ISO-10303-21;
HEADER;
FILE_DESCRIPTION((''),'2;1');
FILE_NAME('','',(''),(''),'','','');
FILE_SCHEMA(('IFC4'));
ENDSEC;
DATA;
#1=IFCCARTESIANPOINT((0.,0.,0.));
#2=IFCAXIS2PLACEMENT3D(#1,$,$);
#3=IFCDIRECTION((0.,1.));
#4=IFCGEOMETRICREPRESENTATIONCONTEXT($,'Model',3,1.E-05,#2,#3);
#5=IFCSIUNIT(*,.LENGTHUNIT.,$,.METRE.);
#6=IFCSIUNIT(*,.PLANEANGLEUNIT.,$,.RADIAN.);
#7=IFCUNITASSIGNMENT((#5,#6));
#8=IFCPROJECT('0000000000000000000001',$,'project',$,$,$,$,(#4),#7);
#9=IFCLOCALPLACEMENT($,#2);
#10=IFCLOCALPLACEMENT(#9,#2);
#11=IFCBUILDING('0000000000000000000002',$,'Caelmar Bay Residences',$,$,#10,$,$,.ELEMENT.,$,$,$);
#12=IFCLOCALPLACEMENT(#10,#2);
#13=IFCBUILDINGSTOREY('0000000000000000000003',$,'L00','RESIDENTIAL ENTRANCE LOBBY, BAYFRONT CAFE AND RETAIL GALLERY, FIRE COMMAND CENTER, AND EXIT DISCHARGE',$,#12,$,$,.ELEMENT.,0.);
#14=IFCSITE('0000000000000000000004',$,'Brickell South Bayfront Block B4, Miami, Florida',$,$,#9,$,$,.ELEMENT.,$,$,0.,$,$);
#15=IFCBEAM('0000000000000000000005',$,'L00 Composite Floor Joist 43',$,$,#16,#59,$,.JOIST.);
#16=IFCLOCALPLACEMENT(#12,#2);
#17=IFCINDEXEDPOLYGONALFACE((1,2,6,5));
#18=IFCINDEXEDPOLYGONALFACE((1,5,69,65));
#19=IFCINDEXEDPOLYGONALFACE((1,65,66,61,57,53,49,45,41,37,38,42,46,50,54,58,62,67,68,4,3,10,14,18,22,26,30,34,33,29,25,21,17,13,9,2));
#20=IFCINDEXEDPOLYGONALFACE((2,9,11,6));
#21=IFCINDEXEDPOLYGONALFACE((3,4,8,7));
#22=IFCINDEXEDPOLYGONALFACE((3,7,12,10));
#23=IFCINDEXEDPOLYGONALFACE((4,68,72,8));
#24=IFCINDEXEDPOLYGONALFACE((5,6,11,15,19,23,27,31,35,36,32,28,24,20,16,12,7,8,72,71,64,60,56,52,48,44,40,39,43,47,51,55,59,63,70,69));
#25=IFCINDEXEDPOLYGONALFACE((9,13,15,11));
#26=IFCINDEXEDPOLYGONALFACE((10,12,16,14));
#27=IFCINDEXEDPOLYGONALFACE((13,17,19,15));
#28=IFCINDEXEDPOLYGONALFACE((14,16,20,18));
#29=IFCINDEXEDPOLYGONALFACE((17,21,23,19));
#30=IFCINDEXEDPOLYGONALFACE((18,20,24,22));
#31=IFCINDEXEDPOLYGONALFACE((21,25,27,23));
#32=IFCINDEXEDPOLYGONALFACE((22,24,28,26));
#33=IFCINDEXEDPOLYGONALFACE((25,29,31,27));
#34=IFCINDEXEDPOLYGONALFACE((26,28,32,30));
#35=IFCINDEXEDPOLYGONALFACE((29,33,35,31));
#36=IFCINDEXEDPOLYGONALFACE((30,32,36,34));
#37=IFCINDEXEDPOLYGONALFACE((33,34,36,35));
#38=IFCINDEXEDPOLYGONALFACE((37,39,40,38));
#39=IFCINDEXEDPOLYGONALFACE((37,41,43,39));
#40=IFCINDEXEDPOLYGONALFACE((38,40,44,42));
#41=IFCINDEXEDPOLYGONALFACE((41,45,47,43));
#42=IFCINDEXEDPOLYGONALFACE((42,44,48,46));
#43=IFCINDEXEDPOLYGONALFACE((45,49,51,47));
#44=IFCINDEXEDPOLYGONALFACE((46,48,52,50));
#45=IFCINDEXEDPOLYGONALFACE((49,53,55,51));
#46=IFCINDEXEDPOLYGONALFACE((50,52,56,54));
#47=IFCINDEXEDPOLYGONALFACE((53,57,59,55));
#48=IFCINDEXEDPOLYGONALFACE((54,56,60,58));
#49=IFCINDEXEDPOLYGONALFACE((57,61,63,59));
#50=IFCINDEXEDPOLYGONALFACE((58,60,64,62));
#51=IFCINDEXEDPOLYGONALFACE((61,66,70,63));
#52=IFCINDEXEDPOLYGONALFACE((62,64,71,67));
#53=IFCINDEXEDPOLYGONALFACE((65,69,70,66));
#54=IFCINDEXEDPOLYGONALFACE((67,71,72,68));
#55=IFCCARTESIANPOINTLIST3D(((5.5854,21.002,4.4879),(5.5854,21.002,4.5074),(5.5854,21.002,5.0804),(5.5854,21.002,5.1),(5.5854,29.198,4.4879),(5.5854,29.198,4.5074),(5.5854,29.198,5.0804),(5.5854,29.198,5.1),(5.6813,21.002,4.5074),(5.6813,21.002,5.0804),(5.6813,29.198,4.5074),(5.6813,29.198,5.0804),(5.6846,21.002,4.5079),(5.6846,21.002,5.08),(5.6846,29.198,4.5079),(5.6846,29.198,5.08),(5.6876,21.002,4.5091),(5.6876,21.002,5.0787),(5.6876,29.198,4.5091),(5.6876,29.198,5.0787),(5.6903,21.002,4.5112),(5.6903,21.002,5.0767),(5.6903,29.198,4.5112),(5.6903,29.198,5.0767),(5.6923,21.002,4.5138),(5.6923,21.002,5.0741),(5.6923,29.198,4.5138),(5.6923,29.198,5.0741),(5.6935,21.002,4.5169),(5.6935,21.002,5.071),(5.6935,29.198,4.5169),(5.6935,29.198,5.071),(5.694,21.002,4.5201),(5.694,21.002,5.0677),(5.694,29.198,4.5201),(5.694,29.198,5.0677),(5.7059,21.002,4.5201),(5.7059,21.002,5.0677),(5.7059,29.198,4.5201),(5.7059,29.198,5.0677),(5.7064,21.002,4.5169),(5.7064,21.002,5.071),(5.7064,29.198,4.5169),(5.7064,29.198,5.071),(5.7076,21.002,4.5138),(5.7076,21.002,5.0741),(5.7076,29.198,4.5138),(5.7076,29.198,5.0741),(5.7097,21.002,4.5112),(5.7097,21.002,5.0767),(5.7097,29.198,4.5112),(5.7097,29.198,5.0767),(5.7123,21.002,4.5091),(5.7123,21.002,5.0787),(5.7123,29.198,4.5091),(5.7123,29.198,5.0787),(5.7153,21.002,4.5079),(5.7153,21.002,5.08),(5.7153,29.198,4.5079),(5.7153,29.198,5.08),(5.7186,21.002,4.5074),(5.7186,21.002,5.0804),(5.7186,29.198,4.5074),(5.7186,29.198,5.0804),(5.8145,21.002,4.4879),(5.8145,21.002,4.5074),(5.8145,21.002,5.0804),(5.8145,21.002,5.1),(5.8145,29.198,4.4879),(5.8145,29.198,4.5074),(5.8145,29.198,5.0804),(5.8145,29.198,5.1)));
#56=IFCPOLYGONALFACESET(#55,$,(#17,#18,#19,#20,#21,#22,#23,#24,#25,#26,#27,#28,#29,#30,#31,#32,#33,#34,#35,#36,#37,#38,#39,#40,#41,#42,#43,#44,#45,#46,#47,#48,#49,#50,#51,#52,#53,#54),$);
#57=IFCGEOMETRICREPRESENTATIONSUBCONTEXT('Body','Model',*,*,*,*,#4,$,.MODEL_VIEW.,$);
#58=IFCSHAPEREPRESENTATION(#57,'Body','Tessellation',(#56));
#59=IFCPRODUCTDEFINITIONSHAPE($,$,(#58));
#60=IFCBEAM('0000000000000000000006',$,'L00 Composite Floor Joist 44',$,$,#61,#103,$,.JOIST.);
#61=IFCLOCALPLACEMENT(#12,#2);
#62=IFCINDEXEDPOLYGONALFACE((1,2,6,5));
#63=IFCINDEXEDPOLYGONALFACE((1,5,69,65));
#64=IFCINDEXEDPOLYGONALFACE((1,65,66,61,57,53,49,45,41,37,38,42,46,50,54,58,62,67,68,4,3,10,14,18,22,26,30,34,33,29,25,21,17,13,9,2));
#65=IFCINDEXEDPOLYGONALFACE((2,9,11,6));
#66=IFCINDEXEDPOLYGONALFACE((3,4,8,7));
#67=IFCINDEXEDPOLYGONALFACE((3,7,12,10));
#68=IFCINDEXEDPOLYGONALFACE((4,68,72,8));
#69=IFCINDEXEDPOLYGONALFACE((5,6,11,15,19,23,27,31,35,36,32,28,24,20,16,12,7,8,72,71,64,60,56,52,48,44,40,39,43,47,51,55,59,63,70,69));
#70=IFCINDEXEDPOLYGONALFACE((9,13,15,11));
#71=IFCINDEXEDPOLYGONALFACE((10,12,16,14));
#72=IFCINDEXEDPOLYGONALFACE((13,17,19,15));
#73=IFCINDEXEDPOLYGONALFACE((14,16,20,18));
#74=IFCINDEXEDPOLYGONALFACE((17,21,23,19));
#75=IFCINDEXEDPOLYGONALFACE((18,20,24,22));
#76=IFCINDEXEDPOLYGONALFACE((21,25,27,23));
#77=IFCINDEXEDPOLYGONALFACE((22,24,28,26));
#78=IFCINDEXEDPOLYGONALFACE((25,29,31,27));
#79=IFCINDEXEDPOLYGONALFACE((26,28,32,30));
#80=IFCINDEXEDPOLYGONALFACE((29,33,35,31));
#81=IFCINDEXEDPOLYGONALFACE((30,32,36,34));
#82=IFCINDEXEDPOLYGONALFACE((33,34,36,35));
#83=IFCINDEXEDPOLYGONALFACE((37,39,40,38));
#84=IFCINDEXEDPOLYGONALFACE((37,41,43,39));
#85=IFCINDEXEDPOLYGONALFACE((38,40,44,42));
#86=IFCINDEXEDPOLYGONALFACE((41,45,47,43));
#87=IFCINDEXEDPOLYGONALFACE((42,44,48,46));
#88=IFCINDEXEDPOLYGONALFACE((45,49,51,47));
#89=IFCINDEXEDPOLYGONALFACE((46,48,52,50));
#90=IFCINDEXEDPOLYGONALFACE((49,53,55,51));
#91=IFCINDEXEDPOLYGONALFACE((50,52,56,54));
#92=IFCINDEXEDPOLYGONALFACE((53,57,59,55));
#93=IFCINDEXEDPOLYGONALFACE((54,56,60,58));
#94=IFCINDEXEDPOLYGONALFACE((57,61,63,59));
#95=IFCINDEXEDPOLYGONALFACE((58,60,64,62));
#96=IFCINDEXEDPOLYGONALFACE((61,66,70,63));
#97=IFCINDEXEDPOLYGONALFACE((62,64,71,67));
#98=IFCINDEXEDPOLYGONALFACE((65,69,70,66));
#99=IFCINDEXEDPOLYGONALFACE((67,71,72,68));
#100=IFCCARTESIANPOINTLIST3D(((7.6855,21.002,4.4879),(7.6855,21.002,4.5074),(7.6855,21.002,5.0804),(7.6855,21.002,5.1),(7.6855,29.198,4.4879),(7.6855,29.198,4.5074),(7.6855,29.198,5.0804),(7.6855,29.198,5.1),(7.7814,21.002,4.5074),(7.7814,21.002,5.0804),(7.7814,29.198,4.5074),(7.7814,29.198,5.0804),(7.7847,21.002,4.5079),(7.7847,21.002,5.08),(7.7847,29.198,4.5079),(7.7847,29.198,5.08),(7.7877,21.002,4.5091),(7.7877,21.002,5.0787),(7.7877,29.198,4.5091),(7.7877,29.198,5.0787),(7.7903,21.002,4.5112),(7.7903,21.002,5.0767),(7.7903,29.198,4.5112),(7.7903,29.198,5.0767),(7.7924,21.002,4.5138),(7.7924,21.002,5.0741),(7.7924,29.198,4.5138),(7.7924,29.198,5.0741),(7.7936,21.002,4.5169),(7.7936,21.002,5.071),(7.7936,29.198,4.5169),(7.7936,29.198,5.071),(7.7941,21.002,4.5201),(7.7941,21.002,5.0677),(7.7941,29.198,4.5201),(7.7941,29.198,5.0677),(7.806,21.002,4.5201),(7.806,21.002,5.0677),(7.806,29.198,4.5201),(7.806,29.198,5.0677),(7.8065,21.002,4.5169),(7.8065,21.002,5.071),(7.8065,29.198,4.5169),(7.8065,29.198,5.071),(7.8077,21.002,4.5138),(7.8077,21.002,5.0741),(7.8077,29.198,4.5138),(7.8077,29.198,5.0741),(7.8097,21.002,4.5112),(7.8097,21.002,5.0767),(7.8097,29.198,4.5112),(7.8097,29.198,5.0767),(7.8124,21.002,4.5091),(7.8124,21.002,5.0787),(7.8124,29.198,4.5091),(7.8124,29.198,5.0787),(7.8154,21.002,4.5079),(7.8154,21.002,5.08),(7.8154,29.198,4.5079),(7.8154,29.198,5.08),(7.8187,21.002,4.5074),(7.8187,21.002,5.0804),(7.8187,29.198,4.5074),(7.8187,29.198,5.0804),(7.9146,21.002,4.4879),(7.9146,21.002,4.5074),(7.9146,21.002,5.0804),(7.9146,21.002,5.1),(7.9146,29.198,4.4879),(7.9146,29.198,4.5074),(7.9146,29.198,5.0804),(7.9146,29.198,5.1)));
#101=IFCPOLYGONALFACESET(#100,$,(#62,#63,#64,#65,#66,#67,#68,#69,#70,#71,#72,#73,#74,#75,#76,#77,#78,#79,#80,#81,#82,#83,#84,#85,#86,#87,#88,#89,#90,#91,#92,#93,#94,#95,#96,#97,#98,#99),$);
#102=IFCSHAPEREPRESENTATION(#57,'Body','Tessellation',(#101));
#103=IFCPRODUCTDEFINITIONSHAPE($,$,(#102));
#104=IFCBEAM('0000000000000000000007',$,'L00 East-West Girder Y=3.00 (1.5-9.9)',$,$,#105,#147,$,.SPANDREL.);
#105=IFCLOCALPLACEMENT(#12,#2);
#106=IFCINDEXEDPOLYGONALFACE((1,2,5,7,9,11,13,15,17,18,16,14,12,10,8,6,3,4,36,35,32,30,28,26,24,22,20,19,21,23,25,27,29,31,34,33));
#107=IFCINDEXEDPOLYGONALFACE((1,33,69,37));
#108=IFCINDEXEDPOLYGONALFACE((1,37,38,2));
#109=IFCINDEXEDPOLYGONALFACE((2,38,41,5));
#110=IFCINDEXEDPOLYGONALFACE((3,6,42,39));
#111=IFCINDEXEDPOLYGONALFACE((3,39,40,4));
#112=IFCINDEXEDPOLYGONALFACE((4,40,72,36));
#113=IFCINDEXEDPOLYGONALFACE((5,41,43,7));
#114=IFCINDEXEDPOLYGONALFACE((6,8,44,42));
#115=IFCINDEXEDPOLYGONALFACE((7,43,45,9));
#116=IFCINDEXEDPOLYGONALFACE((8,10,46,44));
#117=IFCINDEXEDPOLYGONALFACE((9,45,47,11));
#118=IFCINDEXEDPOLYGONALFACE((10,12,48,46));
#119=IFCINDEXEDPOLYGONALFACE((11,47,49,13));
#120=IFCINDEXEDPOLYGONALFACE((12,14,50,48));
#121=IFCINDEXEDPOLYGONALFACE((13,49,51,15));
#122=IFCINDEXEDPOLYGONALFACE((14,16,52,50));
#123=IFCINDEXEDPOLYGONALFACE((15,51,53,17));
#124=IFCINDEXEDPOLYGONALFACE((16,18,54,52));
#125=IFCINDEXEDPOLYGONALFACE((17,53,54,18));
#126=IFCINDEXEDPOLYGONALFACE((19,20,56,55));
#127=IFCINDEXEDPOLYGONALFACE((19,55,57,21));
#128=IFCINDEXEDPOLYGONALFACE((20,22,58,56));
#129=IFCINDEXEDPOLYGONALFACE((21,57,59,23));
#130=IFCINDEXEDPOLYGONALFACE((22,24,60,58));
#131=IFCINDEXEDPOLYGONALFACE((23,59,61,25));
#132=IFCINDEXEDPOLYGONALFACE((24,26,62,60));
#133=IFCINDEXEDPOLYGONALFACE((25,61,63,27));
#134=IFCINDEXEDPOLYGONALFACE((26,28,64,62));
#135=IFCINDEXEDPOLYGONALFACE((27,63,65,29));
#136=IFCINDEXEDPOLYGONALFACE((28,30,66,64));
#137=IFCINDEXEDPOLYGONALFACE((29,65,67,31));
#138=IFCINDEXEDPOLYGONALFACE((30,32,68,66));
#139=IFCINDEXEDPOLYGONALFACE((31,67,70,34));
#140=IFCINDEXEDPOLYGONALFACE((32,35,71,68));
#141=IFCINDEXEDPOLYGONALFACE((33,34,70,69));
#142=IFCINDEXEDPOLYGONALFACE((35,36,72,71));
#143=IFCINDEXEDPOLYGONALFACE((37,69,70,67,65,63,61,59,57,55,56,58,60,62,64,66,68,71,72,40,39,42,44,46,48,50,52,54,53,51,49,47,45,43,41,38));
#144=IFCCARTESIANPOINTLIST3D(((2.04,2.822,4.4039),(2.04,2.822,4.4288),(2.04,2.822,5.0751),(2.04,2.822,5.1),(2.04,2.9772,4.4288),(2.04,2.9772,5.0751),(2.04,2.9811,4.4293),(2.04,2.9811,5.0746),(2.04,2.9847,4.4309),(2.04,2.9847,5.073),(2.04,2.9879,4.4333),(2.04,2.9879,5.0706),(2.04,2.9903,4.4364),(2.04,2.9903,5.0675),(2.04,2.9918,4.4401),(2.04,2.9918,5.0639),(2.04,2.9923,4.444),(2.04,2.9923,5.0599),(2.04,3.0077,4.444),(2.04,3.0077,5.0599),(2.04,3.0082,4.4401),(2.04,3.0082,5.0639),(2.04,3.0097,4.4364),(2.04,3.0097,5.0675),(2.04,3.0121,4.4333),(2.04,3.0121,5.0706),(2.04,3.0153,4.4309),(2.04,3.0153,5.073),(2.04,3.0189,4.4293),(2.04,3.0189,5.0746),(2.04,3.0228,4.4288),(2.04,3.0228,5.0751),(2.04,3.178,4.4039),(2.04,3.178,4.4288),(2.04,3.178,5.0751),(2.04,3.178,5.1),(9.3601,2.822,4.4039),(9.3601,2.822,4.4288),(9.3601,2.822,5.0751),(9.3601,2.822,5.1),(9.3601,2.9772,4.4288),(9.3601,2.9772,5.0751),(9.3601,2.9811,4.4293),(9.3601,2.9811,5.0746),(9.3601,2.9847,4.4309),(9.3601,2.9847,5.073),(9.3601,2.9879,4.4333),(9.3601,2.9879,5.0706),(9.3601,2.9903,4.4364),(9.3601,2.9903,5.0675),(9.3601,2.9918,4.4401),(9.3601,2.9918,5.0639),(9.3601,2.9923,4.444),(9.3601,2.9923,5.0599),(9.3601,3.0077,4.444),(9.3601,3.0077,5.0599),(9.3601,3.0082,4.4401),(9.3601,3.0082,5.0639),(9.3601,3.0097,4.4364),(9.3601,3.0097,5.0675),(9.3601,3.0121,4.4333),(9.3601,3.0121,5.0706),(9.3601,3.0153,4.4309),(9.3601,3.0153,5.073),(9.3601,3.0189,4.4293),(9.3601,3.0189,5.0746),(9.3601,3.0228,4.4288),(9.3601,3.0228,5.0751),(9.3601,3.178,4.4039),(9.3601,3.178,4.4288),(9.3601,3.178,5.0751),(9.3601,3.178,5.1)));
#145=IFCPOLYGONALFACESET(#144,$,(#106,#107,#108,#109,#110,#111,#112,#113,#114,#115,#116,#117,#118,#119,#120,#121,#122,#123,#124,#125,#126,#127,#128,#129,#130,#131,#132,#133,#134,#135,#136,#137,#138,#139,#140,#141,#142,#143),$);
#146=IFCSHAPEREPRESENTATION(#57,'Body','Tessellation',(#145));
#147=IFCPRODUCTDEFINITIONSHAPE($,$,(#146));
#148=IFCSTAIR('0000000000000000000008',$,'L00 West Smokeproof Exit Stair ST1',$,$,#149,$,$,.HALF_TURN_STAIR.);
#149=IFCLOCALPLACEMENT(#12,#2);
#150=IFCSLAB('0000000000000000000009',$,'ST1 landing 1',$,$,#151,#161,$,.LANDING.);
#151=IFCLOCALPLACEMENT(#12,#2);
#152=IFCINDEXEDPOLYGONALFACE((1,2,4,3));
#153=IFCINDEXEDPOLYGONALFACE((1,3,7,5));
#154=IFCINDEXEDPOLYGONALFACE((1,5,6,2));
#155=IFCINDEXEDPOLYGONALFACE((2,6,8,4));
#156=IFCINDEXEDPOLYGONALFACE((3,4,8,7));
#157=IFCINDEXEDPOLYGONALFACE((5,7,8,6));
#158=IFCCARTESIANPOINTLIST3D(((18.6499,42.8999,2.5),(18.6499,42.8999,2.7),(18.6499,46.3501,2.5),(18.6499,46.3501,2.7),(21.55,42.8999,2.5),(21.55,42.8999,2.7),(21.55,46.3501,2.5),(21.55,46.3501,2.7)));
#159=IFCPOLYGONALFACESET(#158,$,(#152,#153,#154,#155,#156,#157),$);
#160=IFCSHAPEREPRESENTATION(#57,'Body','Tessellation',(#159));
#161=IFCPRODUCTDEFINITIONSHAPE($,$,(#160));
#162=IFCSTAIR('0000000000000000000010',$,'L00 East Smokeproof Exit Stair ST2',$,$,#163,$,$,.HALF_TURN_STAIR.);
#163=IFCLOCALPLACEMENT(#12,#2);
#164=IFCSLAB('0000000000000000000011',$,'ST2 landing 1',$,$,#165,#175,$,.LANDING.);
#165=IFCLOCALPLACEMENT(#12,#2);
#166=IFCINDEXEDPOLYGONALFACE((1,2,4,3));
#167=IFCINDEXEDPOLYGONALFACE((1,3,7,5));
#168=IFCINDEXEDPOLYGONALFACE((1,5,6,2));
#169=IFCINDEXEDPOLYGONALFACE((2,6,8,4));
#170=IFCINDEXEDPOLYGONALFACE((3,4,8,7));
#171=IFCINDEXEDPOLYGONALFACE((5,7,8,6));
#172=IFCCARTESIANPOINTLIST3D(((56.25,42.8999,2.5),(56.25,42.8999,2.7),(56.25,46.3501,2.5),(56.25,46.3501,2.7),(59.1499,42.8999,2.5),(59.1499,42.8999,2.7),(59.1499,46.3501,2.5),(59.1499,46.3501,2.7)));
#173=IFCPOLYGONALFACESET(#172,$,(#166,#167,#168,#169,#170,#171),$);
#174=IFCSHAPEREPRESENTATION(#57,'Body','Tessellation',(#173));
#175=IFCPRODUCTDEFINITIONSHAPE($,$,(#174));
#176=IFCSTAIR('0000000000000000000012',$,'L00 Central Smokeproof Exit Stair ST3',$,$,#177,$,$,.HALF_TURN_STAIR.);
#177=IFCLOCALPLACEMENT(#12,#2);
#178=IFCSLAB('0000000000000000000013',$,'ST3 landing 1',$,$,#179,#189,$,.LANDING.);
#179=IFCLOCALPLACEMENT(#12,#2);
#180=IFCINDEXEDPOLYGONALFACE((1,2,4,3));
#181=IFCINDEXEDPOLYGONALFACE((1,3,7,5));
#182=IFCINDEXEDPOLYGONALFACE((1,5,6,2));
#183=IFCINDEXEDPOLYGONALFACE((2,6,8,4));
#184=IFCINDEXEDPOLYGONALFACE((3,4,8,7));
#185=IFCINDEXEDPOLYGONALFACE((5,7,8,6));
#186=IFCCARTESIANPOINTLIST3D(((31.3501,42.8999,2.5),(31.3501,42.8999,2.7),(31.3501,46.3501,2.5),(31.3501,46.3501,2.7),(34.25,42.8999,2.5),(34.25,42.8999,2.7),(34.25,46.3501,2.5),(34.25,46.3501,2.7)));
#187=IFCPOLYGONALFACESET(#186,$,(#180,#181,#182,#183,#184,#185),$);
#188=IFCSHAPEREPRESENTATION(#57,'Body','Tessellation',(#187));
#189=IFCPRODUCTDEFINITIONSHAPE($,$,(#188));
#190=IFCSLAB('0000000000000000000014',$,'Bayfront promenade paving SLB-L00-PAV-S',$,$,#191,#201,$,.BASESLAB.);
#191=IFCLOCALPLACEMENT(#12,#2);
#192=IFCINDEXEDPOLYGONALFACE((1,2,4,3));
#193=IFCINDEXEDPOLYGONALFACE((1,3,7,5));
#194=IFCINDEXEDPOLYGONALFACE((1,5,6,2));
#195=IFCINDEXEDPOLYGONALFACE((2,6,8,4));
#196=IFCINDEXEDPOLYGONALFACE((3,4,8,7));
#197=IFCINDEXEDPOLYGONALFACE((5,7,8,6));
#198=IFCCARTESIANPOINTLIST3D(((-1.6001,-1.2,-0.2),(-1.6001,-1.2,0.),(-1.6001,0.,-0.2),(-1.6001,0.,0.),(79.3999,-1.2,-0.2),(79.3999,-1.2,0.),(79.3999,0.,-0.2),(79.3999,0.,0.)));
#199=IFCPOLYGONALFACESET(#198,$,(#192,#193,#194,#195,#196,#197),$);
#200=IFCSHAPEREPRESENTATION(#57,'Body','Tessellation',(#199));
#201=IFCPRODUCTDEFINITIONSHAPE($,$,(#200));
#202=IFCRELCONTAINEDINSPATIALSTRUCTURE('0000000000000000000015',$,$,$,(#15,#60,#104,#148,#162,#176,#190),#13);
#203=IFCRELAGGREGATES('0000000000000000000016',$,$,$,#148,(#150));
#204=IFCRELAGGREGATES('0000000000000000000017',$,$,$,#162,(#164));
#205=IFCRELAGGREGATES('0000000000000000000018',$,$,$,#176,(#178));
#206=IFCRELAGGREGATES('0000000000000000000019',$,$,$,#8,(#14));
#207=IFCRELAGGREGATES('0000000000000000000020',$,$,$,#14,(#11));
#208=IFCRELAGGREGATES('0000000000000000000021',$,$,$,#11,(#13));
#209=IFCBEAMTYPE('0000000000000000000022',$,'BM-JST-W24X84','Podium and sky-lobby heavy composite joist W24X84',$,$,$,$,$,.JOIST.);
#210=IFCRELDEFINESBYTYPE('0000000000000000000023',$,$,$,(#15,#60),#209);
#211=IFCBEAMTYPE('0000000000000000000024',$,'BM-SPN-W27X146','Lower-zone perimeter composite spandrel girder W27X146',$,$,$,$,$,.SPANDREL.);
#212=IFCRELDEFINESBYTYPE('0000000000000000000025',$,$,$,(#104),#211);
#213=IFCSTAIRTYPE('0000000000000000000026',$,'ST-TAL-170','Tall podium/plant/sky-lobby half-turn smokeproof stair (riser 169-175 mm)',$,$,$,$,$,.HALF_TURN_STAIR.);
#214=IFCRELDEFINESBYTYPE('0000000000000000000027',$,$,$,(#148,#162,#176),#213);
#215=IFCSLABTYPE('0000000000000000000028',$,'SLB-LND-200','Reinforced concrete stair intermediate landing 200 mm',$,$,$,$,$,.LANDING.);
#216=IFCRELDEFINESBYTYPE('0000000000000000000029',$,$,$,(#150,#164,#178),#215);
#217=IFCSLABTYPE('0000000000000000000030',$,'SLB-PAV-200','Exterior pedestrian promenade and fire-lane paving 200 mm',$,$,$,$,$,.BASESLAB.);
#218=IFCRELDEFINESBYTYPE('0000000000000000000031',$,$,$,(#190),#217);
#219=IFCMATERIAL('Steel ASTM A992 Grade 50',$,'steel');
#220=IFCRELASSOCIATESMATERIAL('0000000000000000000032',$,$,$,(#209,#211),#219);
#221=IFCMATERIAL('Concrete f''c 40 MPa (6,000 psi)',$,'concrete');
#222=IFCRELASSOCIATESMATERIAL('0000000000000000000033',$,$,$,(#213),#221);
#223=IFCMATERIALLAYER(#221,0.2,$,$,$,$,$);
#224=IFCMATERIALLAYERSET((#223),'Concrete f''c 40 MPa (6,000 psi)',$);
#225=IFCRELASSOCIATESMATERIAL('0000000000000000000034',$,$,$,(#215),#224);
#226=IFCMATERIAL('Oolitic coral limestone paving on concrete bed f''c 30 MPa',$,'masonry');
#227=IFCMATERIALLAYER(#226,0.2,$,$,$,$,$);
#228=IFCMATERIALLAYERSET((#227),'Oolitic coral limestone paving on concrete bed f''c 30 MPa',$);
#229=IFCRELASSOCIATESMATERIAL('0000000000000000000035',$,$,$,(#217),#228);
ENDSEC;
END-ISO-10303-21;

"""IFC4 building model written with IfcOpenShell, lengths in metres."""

from ifc_helpers import new_model, si_unit, direction, frame, origin, origin_2d, place, context, subcontext, project, spatial, polyline, i_section, outline, extrude, material, layer, layer_set, material_profile, profile_set, type_object, element, aggregate, save


model = new_model("IFC4")

# Units and contexts
model_context = context("Model", 3, precision=1e-05, world=origin(), true_north=direction((0.0, 1.0)))
body_context = subcontext(model_context, "Body", "Model", "MODEL_VIEW")
ifc_project = project(units=[si_unit("LENGTHUNIT", "METRE"), si_unit("PLANEANGLEUNIT", "RADIAN")], contexts=[model_context])

# Site, building, storey
site_placement = place(None, origin())
site = spatial("IfcSite", under=ifc_project, at=site_placement, Name="Brickell South Bayfront Block B4, Miami, Florida", CompositionType="ELEMENT", RefElevation=0.0)
building_placement = place(site_placement, origin())
building = spatial("IfcBuilding", under=site, at=building_placement, Name="Caelmar Bay Residences", CompositionType="ELEMENT")
storey_placement = place(building_placement, origin())
storey = spatial("IfcBuildingStorey", under=building, at=storey_placement, Name="L00", Description="RESIDENTIAL ENTRANCE LOBBY, BAYFRONT CAFE AND RETAIL GALLERY, FIRE COMMAND CENTER, AND EXIT DISCHARGE", CompositionType="ELEMENT", Elevation=0.0)

# Beams
ifc_material_1 = material(Name="Steel ASTM A992 Grade 50", Category="steel")
ifc_material_profile_1 = material_profile(ifc_material_1, i_section(OverallWidth=0.229, OverallDepth=0.6121, WebThickness=0.012, FlangeThickness=0.0195, FilletRadius=0.0127, at=origin_2d()), Name="W24X84")
ifc_profile_set_1 = profile_set([ifc_material_profile_1], Name="Steel ASTM A992 Grade 50")
beam_type_1 = type_object("IfcBeamType", Name="BM-JST-W24X84", Description="Podium and sky-lobby heavy composite joist W24X84", PredefinedType="JOIST", material=ifc_profile_set_1)
for number, where, z_axis, x_axis, name in (
    (1, (5.7, 21.002, 4.7939), (0.0, 1.0, 0.0), (-1.0, 0.0, 0.0), "L00 Composite Floor Joist 43"),
    (2, (7.8, 21.002, 4.7939), (0.0, 1.0, 0.0), (-1.0, 0.0, 0.0), "L00 Composite Floor Joist 44"),
):
    element("IfcBeam", number, at=place(storey_placement, frame(where, z_axis=z_axis, x_axis=x_axis)), inside=storey, type_object=beam_type_1, Name=name, PredefinedType="JOIST", context=body_context, shape_type="SweptSolid", body=[
        extrude(i_section(OverallWidth=0.229, OverallDepth=0.6121, WebThickness=0.012, FlangeThickness=0.0195, FilletRadius=0.0127, at=origin_2d()), origin(), (0.0, 0.0, 1.0), 8.196),
    ])
ifc_material_profile_2 = material_profile(ifc_material_1, i_section(OverallWidth=0.356, OverallDepth=0.696, WebThickness=0.0154, FlangeThickness=0.0249, FilletRadius=0.0151, at=origin_2d()), Name="W27X146")
ifc_profile_set_2 = profile_set([ifc_material_profile_2], Name="Steel ASTM A992 Grade 50")
beam_type_2 = type_object("IfcBeamType", Name="BM-SPN-W27X146", Description="Lower-zone perimeter composite spandrel girder W27X146", PredefinedType="SPANDREL", material=ifc_profile_set_2)
beam_1_placement = place(storey_placement, frame((2.04, 3.0, 4.752), z_axis=(1.0, 0.0, 0.0), x_axis=(0.0, 1.0, 0.0)))
element("IfcBeam", 3, at=beam_1_placement, inside=storey, type_object=beam_type_2, Name="L00 East-West Girder Y=3.00 (1.5-9.9)", PredefinedType="SPANDREL", context=body_context, shape_type="SweptSolid", body=[
    extrude(i_section(OverallWidth=0.356, OverallDepth=0.696, WebThickness=0.0154, FlangeThickness=0.0249, FilletRadius=0.0151, at=origin_2d()), origin(), (0.0, 0.0, 1.0), 7.3201),
])

# Stairs, slabs
ifc_material_2 = material(Name="Concrete f'c 40 MPa (6,000 psi)", Category="concrete")
stair_type = type_object("IfcStairType", Name="ST-TAL-170", Description="Tall podium/plant/sky-lobby half-turn smokeproof stair (riser 169-175 mm)", PredefinedType="HALF_TURN_STAIR", material=ifc_material_2)
stair_1_placement = place(storey_placement, origin())
stair_1 = element("IfcStair", 4, at=stair_1_placement, inside=storey, type_object=stair_type, Name="L00 West Smokeproof Exit Stair ST1", PredefinedType="HALF_TURN_STAIR")
ifc_layer_1 = layer(ifc_material_2, 0.2)
ifc_layer_set_1 = layer_set([ifc_layer_1], Name="Concrete f'c 40 MPa (6,000 psi)")
slab_type_1 = type_object("IfcSlabType", Name="SLB-LND-200", Description="Reinforced concrete stair intermediate landing 200 mm", PredefinedType="LANDING", material=ifc_layer_set_1)
slab_1_placement = place(storey_placement, frame((0.0, 0.0, 2.5)))
slab_1 = element("IfcSlab", 5, at=slab_1_placement, type_object=slab_type_1, Name="ST1 landing 1", PredefinedType="LANDING", context=body_context, shape_type="SweptSolid", body=[
    extrude(outline(polyline([(21.55, 42.8999), (21.55, 46.3501), (18.6499, 46.3501), (18.6499, 42.8999), (21.55, 42.8999)])), origin(), (0.0, 0.0, 1.0), 0.2),
])
aggregate(stair_1, [slab_1])
stair_2_placement = place(storey_placement, origin())
stair_2 = element("IfcStair", 6, at=stair_2_placement, inside=storey, type_object=stair_type, Name="L00 East Smokeproof Exit Stair ST2", PredefinedType="HALF_TURN_STAIR")
slab_2_placement = place(storey_placement, frame((0.0, 0.0, 2.5)))
slab_2 = element("IfcSlab", 7, at=slab_2_placement, type_object=slab_type_1, Name="ST2 landing 1", PredefinedType="LANDING", context=body_context, shape_type="SweptSolid", body=[
    extrude(outline(polyline([(59.1499, 42.8999), (59.1499, 46.3501), (56.25, 46.3501), (56.25, 42.8999), (59.1499, 42.8999)])), origin(), (0.0, 0.0, 1.0), 0.2),
])
aggregate(stair_2, [slab_2])
stair_3_placement = place(storey_placement, origin())
stair_3 = element("IfcStair", 8, at=stair_3_placement, inside=storey, type_object=stair_type, Name="L00 Central Smokeproof Exit Stair ST3", PredefinedType="HALF_TURN_STAIR")
slab_3_placement = place(storey_placement, frame((0.0, 0.0, 2.5)))
slab_3 = element("IfcSlab", 9, at=slab_3_placement, type_object=slab_type_1, Name="ST3 landing 1", PredefinedType="LANDING", context=body_context, shape_type="SweptSolid", body=[
    extrude(outline(polyline([(34.25, 42.8999), (34.25, 46.3501), (31.3501, 46.3501), (31.3501, 42.8999), (34.25, 42.8999)])), origin(), (0.0, 0.0, 1.0), 0.2),
])
aggregate(stair_3, [slab_3])

# Slab
ifc_material_3 = material(Name="Oolitic coral limestone paving on concrete bed f'c 30 MPa", Category="masonry")
ifc_layer_2 = layer(ifc_material_3, 0.2)
ifc_layer_set_2 = layer_set([ifc_layer_2], Name="Oolitic coral limestone paving on concrete bed f'c 30 MPa")
slab_type_2 = type_object("IfcSlabType", Name="SLB-PAV-200", Description="Exterior pedestrian promenade and fire-lane paving 200 mm", PredefinedType="BASESLAB", material=ifc_layer_set_2)
slab_4_placement = place(storey_placement, frame((0.0, 0.0, -0.2)))
element("IfcSlab", 10, at=slab_4_placement, inside=storey, type_object=slab_type_2, Name="Bayfront promenade paving SLB-L00-PAV-S", PredefinedType="BASESLAB", context=body_context, shape_type="SweptSolid", body=[
    extrude(outline(polyline([(-1.6001, -1.2), (79.3999, -1.2), (79.3999, 0.0), (-1.6001, 0.0), (-1.6001, -1.2)])), origin(), (0.0, 0.0, 1.0), 0.2),
])

save(model, "model.ifc")
